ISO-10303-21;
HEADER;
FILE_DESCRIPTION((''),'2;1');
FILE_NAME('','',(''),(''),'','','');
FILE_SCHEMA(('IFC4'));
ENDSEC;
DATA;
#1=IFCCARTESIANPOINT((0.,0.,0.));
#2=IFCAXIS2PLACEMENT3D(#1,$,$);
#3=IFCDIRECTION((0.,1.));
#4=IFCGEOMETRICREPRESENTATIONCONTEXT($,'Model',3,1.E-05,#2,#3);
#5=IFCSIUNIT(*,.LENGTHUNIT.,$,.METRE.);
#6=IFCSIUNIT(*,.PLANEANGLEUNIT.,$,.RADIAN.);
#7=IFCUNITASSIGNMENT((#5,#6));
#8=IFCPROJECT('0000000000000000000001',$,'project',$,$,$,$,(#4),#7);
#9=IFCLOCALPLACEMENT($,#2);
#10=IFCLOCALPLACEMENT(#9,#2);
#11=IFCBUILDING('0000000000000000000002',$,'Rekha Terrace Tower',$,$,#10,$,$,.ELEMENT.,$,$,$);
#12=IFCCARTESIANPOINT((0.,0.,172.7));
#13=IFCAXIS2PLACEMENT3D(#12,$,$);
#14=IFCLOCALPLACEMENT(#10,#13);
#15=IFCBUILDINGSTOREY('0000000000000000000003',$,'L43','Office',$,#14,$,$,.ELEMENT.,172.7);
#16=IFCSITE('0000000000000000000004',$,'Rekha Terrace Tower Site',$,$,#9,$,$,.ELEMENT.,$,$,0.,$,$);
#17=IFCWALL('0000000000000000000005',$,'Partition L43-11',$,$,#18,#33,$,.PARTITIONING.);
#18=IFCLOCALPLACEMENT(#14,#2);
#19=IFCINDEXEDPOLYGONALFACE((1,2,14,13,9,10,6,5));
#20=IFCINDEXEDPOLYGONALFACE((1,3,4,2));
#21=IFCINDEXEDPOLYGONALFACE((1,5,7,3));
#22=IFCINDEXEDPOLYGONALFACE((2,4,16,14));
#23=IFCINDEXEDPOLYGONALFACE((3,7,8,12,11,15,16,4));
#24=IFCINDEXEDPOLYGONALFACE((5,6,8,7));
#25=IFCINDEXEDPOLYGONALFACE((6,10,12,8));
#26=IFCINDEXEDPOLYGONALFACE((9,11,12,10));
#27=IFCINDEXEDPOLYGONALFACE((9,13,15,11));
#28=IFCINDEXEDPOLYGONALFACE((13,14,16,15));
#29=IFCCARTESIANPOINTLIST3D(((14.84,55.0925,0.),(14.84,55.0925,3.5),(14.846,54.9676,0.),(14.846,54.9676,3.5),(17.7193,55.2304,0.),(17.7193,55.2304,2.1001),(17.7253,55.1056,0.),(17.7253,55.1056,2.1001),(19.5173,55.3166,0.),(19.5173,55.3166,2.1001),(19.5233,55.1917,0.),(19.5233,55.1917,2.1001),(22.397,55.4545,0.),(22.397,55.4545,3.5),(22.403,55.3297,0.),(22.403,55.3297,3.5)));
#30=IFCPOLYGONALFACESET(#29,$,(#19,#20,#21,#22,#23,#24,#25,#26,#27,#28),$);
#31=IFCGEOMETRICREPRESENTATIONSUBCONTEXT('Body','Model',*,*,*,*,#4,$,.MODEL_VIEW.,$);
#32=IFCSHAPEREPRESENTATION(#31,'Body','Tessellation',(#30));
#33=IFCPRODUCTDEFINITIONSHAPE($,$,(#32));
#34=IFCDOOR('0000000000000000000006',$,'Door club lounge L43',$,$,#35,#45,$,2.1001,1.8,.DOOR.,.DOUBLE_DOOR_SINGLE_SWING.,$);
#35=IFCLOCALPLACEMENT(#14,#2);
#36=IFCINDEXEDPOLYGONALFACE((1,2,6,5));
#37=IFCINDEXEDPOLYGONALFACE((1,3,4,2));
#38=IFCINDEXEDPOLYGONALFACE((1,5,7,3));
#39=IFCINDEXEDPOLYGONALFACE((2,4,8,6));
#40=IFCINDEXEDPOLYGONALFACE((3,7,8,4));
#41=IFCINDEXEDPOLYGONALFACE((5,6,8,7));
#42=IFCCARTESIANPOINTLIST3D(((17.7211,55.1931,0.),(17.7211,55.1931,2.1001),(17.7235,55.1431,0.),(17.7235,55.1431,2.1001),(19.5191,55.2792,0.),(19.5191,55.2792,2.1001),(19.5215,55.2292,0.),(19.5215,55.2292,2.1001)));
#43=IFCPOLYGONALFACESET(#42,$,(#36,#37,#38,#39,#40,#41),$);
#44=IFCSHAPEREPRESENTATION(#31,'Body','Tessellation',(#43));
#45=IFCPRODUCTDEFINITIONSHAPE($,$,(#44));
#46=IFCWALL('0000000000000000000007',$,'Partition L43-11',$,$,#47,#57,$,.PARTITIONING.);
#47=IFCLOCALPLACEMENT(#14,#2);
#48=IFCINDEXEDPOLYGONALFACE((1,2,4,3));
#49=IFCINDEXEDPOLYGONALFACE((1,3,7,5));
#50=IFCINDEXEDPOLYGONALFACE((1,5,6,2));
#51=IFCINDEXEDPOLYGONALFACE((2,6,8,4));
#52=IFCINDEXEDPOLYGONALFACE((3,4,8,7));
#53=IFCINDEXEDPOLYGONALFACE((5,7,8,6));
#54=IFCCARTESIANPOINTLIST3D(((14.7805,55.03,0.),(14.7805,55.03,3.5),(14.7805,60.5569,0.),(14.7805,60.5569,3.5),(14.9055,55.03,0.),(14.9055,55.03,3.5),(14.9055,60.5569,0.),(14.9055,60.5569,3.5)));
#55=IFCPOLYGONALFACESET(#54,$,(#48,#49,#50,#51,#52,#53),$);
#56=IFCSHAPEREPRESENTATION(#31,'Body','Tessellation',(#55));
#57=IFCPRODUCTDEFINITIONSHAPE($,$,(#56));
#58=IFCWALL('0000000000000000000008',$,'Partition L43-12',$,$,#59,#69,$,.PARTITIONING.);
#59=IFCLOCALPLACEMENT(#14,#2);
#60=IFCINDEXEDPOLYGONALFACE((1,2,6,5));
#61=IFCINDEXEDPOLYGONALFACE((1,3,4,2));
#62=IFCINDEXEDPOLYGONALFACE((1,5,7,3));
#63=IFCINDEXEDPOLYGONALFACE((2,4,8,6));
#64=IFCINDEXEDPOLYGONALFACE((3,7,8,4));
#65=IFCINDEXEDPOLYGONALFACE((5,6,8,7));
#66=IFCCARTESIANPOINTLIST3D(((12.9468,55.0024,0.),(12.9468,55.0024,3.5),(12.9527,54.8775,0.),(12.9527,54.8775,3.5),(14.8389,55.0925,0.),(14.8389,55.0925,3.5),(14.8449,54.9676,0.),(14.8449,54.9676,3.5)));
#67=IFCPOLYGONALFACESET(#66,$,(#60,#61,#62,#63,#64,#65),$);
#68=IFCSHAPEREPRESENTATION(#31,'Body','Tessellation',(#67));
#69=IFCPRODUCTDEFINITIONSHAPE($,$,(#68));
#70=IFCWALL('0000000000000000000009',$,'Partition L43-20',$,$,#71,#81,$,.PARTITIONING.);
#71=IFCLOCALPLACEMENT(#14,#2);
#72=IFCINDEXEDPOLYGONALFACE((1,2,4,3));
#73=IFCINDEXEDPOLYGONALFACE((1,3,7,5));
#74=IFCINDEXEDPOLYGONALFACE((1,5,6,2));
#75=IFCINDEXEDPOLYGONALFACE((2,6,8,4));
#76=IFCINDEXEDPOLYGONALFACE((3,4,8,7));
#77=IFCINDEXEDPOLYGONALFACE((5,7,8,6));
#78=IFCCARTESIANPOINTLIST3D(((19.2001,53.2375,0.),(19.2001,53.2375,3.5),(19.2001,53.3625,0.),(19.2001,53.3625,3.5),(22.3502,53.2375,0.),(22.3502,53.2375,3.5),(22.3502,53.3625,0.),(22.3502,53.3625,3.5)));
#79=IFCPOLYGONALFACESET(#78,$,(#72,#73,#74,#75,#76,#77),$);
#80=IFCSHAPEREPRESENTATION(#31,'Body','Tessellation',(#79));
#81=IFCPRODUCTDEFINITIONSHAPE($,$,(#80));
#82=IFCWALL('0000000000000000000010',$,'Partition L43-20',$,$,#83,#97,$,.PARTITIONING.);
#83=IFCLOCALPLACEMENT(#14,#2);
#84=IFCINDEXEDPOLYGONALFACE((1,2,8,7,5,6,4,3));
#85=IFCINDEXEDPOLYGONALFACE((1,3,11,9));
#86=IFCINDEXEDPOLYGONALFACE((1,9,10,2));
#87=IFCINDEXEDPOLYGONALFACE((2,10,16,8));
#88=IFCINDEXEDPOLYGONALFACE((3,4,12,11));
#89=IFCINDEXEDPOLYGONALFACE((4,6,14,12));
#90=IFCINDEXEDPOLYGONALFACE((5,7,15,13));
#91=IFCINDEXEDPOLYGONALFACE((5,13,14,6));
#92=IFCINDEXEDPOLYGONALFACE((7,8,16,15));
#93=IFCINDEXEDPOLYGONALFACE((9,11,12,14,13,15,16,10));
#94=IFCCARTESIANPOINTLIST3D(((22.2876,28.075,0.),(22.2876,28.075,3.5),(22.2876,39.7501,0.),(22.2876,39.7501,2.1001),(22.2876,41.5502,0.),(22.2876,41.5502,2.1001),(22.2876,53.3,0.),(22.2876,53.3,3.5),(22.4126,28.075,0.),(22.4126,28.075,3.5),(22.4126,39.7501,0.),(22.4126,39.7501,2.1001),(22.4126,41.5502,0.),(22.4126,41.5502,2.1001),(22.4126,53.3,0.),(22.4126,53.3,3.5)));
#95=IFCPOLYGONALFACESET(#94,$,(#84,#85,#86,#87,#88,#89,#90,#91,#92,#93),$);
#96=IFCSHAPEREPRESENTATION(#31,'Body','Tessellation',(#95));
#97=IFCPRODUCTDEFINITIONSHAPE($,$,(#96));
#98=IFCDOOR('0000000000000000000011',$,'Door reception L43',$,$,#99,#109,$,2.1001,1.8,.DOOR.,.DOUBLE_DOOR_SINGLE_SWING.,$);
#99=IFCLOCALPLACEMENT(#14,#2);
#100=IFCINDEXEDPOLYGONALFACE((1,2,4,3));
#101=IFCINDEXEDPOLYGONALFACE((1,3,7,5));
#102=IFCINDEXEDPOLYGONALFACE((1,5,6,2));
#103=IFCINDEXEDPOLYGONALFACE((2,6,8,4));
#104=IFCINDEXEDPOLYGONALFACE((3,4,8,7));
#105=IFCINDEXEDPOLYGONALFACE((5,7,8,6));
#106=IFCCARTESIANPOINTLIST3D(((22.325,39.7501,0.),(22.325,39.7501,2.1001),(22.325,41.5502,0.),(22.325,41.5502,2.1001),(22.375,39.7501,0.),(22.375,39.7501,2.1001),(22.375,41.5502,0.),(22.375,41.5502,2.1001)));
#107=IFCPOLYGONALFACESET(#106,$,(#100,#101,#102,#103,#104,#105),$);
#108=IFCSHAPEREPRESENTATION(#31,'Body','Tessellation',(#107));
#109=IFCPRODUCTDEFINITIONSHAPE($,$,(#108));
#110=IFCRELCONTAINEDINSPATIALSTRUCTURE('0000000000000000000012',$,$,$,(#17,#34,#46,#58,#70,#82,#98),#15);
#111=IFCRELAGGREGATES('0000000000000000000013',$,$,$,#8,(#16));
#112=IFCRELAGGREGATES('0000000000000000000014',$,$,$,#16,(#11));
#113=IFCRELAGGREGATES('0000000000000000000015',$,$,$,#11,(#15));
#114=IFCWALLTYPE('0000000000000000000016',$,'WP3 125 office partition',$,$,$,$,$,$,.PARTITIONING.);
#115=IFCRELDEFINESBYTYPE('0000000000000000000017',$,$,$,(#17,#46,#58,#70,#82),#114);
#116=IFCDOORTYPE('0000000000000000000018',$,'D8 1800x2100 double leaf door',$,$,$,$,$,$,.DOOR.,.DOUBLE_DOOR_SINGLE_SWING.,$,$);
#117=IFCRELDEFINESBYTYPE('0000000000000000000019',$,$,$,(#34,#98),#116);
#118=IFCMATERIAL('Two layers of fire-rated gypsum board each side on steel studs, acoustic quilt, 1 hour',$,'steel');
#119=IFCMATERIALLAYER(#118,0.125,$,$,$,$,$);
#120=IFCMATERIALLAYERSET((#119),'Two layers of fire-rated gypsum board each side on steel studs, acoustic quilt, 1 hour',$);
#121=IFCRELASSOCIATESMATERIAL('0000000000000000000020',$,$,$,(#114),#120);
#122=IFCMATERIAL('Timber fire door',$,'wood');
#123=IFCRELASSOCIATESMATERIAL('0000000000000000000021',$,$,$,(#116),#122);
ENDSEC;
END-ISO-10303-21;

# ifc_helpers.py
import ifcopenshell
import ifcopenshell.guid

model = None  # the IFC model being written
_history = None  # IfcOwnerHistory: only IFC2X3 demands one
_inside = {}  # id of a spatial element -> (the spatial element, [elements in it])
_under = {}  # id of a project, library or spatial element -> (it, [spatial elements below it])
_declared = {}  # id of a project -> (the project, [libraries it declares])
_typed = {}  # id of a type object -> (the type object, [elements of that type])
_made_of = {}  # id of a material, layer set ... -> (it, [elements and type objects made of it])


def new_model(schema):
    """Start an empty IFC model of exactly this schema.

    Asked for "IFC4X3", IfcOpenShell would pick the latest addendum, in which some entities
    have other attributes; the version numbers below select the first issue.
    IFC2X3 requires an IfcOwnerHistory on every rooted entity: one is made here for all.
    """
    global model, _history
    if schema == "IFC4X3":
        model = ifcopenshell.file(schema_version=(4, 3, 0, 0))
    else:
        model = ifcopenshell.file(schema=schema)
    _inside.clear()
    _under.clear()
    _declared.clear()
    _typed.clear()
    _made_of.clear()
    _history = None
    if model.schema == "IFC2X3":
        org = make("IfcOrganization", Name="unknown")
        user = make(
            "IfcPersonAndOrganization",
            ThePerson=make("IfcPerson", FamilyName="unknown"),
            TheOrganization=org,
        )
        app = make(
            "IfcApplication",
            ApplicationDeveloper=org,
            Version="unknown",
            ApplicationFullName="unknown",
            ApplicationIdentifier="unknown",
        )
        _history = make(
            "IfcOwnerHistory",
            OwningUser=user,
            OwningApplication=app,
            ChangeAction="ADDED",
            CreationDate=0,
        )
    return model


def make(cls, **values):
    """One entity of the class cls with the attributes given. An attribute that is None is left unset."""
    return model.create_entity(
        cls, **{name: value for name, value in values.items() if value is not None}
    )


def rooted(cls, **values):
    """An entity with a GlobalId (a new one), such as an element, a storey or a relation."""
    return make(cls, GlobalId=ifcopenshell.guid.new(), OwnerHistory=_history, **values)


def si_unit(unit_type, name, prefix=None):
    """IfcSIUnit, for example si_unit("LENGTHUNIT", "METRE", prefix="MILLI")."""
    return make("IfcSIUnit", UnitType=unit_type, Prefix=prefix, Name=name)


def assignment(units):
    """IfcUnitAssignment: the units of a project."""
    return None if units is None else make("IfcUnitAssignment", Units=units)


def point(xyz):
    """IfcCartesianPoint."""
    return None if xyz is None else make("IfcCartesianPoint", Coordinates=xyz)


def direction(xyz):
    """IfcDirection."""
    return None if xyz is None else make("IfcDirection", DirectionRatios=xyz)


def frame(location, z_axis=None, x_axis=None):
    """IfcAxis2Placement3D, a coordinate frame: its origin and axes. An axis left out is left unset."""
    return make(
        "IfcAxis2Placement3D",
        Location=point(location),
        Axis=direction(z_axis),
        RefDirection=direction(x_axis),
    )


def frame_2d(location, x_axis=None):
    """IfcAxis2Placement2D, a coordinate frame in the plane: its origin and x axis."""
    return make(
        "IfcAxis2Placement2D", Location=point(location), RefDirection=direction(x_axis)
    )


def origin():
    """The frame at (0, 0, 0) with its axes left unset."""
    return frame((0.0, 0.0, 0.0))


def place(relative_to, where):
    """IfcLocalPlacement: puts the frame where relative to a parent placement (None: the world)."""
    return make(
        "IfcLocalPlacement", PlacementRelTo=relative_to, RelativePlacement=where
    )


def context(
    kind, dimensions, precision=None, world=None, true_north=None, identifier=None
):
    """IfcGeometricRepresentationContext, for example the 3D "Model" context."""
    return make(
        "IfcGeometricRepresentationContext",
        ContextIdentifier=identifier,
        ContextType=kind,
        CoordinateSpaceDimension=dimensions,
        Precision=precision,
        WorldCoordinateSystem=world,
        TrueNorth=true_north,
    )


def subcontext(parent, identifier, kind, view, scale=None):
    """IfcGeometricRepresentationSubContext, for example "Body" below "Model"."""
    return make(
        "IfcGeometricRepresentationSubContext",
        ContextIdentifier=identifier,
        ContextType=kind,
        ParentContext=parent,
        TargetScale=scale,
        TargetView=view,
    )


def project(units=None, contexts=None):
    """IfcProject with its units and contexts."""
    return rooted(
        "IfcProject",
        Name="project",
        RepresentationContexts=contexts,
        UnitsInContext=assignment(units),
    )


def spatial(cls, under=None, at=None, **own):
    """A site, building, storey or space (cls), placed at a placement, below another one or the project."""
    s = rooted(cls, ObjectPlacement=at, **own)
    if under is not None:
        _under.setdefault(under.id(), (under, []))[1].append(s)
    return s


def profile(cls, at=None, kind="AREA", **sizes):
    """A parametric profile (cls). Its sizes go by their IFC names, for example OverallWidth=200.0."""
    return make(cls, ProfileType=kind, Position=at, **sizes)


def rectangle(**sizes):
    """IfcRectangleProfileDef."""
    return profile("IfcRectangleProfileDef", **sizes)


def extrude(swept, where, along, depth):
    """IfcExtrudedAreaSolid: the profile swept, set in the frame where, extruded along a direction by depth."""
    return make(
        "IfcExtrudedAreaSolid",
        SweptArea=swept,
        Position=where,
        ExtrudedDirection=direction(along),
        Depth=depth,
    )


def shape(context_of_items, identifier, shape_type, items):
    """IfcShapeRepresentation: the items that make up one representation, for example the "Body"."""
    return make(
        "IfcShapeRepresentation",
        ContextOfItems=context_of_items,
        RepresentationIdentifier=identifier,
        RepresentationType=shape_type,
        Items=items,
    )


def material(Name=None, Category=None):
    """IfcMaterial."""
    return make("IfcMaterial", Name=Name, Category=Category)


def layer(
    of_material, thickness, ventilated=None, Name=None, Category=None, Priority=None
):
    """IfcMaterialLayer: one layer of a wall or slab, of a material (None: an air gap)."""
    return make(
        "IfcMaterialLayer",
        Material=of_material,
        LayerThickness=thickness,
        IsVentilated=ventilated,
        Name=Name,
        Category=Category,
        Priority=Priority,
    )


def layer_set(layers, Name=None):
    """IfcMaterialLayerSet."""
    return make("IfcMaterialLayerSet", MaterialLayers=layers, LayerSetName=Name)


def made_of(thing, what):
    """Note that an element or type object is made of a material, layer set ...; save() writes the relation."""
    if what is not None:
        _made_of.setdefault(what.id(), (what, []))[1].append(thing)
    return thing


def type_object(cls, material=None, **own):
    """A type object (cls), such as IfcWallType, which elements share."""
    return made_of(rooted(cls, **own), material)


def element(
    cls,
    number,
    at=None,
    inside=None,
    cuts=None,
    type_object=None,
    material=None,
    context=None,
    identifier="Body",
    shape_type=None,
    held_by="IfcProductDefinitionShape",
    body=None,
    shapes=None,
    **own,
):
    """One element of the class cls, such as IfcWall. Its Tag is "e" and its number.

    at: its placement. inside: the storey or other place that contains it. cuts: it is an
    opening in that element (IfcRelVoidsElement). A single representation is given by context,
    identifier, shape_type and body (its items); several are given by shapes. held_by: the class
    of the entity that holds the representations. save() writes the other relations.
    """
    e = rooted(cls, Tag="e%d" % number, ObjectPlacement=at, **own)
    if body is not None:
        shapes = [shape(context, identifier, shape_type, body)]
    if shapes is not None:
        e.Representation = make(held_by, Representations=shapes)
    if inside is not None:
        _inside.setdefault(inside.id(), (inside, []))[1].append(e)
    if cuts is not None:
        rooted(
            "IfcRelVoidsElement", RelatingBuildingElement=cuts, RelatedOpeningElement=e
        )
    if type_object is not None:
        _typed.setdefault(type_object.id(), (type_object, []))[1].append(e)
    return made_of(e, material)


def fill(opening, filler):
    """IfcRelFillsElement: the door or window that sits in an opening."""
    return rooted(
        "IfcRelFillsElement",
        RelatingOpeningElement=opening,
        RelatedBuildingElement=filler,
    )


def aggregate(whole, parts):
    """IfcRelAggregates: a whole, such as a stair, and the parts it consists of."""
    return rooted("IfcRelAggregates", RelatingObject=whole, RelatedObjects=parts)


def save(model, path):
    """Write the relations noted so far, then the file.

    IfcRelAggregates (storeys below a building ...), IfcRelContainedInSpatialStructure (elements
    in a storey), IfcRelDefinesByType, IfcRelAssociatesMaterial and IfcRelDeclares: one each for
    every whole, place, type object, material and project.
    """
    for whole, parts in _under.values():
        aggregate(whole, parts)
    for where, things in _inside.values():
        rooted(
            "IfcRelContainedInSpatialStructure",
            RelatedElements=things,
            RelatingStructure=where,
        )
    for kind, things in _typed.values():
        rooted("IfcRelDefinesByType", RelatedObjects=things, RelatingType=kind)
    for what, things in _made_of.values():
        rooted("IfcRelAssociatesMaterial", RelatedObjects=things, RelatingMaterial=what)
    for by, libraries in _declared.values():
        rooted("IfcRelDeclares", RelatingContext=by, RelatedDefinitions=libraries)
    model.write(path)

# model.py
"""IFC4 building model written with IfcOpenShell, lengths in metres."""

from ifc_helpers import new_model, si_unit, direction, frame, frame_2d, origin, place, context, subcontext, project, spatial, rectangle, extrude, material, layer, layer_set, type_object, element, fill, save


model = new_model("IFC4")

# Units and contexts
model_context = context("Model", 3, precision=1e-05, world=origin(), true_north=direction((0.0, 1.0)))
body_context = subcontext(model_context, "Body", "Model", "MODEL_VIEW")
ifc_project = project(units=[si_unit("LENGTHUNIT", "METRE"), si_unit("PLANEANGLEUNIT", "RADIAN")], contexts=[model_context])

# Site, building, storey
site_placement = place(None, origin())
site = spatial("IfcSite", under=ifc_project, at=site_placement, Name="Rekha Terrace Tower Site", CompositionType="ELEMENT", RefElevation=0.0)
building_placement = place(site_placement, origin())
building = spatial("IfcBuilding", under=site, at=building_placement, Name="Rekha Terrace Tower", CompositionType="ELEMENT")
storey_placement = place(building_placement, frame((0.0, 0.0, 172.7)))
storey = spatial("IfcBuildingStorey", under=building, at=storey_placement, Name="L43", Description="Office", CompositionType="ELEMENT", Elevation=172.7)

# Shared definitions
ifc_material_1 = material(Name="Two layers of fire-rated gypsum board each side on steel studs, acoustic quilt, 1 hour", Category="steel")
ifc_layer_1 = layer(ifc_material_1, 0.125)
ifc_layer_set_1 = layer_set([ifc_layer_1], Name="Two layers of fire-rated gypsum board each side on steel studs, acoustic quilt, 1 hour")
wall_type_1 = type_object("IfcWallType", Name="WP3 125 office partition", PredefinedType="PARTITIONING", material=ifc_layer_set_1)

# Shared definitions
ifc_material_2 = material(Name="Timber fire door", Category="wood")
door_type_1 = type_object("IfcDoorType", Name="D8 1800x2100 double leaf door", OperationType="DOUBLE_DOOR_SINGLE_SWING", PredefinedType="DOOR", material=ifc_material_2)

# Wall, opening, door
wall_1_placement = place(storey_placement, frame((22.3999, 55.3921, 0.0), z_axis=(0.0, 0.0, 1.0), x_axis=(-0.998854, -0.047856, 0.0)))
wall_1 = element("IfcWall", 1, at=wall_1_placement, inside=storey, type_object=wall_type_1, Name="Partition L43-11", PredefinedType="PARTITIONING", context=body_context, shape_type="SweptSolid", body=[
    extrude(rectangle(XDim=7.5657, YDim=0.125, at=frame_2d((3.7827, 0.0))), origin(), (0.0, 0.0, 1.0), 3.5),
])
opening_1_placement = place(wall_1_placement, frame((2.8831, 0.0, 0.0)))
opening_1 = element("IfcOpeningElement", 2, at=opening_1_placement, cuts=wall_1, PredefinedType="OPENING", context=body_context, shape_type="SweptSolid", body=[
    extrude(rectangle(XDim=1.8, YDim=2.1001, at=frame_2d((0.8999, 1.05))), frame((0.0, 0.0725, 0.0), z_axis=(0.0, -1.0, 0.0), x_axis=(1.0, 0.0, 0.0)), (0.0, 0.0, 1.0), 0.145),
])
door_1_placement = place(opening_1_placement, origin())
door_1 = element("IfcDoor", 3, at=door_1_placement, inside=storey, type_object=door_type_1, Name="Door club lounge L43", OperationType="DOUBLE_DOOR_SINGLE_SWING", OverallHeight=2.1001, OverallWidth=1.8, PredefinedType="DOOR", context=body_context, shape_type="SweptSolid", body=[
    extrude(rectangle(XDim=1.8, YDim=2.1001, at=frame_2d((0.8999, 1.05))), frame((0.0, 0.0249, 0.0), z_axis=(0.0, -1.0, 0.0), x_axis=(1.0, 0.0, 0.0)), (0.0, 0.0, 1.0), 0.05),
])
fill(opening_1, door_1)

# Walls
wall_2_placement = place(storey_placement, frame((14.843, 55.03, 0.0), z_axis=(0.0, 0.0, 1.0), x_axis=(0.0, 1.0, 0.0)))
element("IfcWall", 4, at=wall_2_placement, inside=storey, type_object=wall_type_1, Name="Partition L43-11", PredefinedType="PARTITIONING", context=body_context, shape_type="SweptSolid", body=[
    extrude(rectangle(XDim=5.5269, YDim=0.125, at=frame_2d((2.7634, 0.0))), origin(), (0.0, 0.0, 1.0), 3.5),
])
wall_3_placement = place(storey_placement, frame((14.842, 55.03, 0.0), z_axis=(0.0, 0.0, 1.0), x_axis=(-0.998868, -0.047559, 0.0)))
element("IfcWall", 5, at=wall_3_placement, inside=storey, type_object=wall_type_1, Name="Partition L43-12", PredefinedType="PARTITIONING", context=body_context, shape_type="SweptSolid", body=[
    extrude(rectangle(XDim=1.8943, YDim=0.125, at=frame_2d((0.9473, 0.0))), origin(), (0.0, 0.0, 1.0), 3.5),
])
wall_4_placement = place(storey_placement, frame((19.2, 53.3, 0.0), z_axis=(0.0, 0.0, 1.0), x_axis=(1.0, 0.0, 0.0)))
element("IfcWall", 6, at=wall_4_placement, inside=storey, type_object=wall_type_1, Name="Partition L43-20", PredefinedType="PARTITIONING", context=body_context, shape_type="SweptSolid", body=[
    extrude(rectangle(XDim=3.1501, YDim=0.125, at=frame_2d((1.5752, 0.0))), origin(), (0.0, 0.0, 1.0), 3.5),
])

# Wall, opening, door
wall_5_placement = place(storey_placement, frame((22.3501, 53.3, 0.0), z_axis=(0.0, 0.0, 1.0), x_axis=(0.0, -1.0, 0.0)))
wall_5 = element("IfcWall", 7, at=wall_5_placement, inside=storey, type_object=wall_type_1, Name="Partition L43-20", PredefinedType="PARTITIONING", context=body_context, shape_type="SweptSolid", body=[
    extrude(rectangle(XDim=25.2251, YDim=0.125, at=frame_2d((12.6125, 0.0))), origin(), (0.0, 0.0, 1.0), 3.5),
])
opening_2_placement = place(wall_5_placement, frame((11.75, 0.0, 0.0)))
opening_2 = element("IfcOpeningElement", 8, at=opening_2_placement, cuts=wall_5, PredefinedType="OPENING", context=body_context, shape_type="SweptSolid", body=[
    extrude(rectangle(XDim=1.8, YDim=2.1001, at=frame_2d((0.8999, 1.05))), frame((0.0, 0.0725, 0.0), z_axis=(0.0, -1.0, 0.0), x_axis=(1.0, 0.0, 0.0)), (0.0, 0.0, 1.0), 0.145),
])
door_2_placement = place(opening_2_placement, origin())
door_2 = element("IfcDoor", 9, at=door_2_placement, inside=storey, type_object=door_type_1, Name="Door reception L43", OperationType="DOUBLE_DOOR_SINGLE_SWING", OverallHeight=2.1001, OverallWidth=1.8, PredefinedType="DOOR", context=body_context, shape_type="SweptSolid", body=[
    extrude(rectangle(XDim=1.8, YDim=2.1001, at=frame_2d((0.8999, 1.05))), frame((0.0, 0.0249, 0.0), z_axis=(0.0, -1.0, 0.0), x_axis=(1.0, 0.0, 0.0)), (0.0, 0.0, 1.0), 0.05),
])
fill(opening_2, door_2)

save(model, "model.ifc")
